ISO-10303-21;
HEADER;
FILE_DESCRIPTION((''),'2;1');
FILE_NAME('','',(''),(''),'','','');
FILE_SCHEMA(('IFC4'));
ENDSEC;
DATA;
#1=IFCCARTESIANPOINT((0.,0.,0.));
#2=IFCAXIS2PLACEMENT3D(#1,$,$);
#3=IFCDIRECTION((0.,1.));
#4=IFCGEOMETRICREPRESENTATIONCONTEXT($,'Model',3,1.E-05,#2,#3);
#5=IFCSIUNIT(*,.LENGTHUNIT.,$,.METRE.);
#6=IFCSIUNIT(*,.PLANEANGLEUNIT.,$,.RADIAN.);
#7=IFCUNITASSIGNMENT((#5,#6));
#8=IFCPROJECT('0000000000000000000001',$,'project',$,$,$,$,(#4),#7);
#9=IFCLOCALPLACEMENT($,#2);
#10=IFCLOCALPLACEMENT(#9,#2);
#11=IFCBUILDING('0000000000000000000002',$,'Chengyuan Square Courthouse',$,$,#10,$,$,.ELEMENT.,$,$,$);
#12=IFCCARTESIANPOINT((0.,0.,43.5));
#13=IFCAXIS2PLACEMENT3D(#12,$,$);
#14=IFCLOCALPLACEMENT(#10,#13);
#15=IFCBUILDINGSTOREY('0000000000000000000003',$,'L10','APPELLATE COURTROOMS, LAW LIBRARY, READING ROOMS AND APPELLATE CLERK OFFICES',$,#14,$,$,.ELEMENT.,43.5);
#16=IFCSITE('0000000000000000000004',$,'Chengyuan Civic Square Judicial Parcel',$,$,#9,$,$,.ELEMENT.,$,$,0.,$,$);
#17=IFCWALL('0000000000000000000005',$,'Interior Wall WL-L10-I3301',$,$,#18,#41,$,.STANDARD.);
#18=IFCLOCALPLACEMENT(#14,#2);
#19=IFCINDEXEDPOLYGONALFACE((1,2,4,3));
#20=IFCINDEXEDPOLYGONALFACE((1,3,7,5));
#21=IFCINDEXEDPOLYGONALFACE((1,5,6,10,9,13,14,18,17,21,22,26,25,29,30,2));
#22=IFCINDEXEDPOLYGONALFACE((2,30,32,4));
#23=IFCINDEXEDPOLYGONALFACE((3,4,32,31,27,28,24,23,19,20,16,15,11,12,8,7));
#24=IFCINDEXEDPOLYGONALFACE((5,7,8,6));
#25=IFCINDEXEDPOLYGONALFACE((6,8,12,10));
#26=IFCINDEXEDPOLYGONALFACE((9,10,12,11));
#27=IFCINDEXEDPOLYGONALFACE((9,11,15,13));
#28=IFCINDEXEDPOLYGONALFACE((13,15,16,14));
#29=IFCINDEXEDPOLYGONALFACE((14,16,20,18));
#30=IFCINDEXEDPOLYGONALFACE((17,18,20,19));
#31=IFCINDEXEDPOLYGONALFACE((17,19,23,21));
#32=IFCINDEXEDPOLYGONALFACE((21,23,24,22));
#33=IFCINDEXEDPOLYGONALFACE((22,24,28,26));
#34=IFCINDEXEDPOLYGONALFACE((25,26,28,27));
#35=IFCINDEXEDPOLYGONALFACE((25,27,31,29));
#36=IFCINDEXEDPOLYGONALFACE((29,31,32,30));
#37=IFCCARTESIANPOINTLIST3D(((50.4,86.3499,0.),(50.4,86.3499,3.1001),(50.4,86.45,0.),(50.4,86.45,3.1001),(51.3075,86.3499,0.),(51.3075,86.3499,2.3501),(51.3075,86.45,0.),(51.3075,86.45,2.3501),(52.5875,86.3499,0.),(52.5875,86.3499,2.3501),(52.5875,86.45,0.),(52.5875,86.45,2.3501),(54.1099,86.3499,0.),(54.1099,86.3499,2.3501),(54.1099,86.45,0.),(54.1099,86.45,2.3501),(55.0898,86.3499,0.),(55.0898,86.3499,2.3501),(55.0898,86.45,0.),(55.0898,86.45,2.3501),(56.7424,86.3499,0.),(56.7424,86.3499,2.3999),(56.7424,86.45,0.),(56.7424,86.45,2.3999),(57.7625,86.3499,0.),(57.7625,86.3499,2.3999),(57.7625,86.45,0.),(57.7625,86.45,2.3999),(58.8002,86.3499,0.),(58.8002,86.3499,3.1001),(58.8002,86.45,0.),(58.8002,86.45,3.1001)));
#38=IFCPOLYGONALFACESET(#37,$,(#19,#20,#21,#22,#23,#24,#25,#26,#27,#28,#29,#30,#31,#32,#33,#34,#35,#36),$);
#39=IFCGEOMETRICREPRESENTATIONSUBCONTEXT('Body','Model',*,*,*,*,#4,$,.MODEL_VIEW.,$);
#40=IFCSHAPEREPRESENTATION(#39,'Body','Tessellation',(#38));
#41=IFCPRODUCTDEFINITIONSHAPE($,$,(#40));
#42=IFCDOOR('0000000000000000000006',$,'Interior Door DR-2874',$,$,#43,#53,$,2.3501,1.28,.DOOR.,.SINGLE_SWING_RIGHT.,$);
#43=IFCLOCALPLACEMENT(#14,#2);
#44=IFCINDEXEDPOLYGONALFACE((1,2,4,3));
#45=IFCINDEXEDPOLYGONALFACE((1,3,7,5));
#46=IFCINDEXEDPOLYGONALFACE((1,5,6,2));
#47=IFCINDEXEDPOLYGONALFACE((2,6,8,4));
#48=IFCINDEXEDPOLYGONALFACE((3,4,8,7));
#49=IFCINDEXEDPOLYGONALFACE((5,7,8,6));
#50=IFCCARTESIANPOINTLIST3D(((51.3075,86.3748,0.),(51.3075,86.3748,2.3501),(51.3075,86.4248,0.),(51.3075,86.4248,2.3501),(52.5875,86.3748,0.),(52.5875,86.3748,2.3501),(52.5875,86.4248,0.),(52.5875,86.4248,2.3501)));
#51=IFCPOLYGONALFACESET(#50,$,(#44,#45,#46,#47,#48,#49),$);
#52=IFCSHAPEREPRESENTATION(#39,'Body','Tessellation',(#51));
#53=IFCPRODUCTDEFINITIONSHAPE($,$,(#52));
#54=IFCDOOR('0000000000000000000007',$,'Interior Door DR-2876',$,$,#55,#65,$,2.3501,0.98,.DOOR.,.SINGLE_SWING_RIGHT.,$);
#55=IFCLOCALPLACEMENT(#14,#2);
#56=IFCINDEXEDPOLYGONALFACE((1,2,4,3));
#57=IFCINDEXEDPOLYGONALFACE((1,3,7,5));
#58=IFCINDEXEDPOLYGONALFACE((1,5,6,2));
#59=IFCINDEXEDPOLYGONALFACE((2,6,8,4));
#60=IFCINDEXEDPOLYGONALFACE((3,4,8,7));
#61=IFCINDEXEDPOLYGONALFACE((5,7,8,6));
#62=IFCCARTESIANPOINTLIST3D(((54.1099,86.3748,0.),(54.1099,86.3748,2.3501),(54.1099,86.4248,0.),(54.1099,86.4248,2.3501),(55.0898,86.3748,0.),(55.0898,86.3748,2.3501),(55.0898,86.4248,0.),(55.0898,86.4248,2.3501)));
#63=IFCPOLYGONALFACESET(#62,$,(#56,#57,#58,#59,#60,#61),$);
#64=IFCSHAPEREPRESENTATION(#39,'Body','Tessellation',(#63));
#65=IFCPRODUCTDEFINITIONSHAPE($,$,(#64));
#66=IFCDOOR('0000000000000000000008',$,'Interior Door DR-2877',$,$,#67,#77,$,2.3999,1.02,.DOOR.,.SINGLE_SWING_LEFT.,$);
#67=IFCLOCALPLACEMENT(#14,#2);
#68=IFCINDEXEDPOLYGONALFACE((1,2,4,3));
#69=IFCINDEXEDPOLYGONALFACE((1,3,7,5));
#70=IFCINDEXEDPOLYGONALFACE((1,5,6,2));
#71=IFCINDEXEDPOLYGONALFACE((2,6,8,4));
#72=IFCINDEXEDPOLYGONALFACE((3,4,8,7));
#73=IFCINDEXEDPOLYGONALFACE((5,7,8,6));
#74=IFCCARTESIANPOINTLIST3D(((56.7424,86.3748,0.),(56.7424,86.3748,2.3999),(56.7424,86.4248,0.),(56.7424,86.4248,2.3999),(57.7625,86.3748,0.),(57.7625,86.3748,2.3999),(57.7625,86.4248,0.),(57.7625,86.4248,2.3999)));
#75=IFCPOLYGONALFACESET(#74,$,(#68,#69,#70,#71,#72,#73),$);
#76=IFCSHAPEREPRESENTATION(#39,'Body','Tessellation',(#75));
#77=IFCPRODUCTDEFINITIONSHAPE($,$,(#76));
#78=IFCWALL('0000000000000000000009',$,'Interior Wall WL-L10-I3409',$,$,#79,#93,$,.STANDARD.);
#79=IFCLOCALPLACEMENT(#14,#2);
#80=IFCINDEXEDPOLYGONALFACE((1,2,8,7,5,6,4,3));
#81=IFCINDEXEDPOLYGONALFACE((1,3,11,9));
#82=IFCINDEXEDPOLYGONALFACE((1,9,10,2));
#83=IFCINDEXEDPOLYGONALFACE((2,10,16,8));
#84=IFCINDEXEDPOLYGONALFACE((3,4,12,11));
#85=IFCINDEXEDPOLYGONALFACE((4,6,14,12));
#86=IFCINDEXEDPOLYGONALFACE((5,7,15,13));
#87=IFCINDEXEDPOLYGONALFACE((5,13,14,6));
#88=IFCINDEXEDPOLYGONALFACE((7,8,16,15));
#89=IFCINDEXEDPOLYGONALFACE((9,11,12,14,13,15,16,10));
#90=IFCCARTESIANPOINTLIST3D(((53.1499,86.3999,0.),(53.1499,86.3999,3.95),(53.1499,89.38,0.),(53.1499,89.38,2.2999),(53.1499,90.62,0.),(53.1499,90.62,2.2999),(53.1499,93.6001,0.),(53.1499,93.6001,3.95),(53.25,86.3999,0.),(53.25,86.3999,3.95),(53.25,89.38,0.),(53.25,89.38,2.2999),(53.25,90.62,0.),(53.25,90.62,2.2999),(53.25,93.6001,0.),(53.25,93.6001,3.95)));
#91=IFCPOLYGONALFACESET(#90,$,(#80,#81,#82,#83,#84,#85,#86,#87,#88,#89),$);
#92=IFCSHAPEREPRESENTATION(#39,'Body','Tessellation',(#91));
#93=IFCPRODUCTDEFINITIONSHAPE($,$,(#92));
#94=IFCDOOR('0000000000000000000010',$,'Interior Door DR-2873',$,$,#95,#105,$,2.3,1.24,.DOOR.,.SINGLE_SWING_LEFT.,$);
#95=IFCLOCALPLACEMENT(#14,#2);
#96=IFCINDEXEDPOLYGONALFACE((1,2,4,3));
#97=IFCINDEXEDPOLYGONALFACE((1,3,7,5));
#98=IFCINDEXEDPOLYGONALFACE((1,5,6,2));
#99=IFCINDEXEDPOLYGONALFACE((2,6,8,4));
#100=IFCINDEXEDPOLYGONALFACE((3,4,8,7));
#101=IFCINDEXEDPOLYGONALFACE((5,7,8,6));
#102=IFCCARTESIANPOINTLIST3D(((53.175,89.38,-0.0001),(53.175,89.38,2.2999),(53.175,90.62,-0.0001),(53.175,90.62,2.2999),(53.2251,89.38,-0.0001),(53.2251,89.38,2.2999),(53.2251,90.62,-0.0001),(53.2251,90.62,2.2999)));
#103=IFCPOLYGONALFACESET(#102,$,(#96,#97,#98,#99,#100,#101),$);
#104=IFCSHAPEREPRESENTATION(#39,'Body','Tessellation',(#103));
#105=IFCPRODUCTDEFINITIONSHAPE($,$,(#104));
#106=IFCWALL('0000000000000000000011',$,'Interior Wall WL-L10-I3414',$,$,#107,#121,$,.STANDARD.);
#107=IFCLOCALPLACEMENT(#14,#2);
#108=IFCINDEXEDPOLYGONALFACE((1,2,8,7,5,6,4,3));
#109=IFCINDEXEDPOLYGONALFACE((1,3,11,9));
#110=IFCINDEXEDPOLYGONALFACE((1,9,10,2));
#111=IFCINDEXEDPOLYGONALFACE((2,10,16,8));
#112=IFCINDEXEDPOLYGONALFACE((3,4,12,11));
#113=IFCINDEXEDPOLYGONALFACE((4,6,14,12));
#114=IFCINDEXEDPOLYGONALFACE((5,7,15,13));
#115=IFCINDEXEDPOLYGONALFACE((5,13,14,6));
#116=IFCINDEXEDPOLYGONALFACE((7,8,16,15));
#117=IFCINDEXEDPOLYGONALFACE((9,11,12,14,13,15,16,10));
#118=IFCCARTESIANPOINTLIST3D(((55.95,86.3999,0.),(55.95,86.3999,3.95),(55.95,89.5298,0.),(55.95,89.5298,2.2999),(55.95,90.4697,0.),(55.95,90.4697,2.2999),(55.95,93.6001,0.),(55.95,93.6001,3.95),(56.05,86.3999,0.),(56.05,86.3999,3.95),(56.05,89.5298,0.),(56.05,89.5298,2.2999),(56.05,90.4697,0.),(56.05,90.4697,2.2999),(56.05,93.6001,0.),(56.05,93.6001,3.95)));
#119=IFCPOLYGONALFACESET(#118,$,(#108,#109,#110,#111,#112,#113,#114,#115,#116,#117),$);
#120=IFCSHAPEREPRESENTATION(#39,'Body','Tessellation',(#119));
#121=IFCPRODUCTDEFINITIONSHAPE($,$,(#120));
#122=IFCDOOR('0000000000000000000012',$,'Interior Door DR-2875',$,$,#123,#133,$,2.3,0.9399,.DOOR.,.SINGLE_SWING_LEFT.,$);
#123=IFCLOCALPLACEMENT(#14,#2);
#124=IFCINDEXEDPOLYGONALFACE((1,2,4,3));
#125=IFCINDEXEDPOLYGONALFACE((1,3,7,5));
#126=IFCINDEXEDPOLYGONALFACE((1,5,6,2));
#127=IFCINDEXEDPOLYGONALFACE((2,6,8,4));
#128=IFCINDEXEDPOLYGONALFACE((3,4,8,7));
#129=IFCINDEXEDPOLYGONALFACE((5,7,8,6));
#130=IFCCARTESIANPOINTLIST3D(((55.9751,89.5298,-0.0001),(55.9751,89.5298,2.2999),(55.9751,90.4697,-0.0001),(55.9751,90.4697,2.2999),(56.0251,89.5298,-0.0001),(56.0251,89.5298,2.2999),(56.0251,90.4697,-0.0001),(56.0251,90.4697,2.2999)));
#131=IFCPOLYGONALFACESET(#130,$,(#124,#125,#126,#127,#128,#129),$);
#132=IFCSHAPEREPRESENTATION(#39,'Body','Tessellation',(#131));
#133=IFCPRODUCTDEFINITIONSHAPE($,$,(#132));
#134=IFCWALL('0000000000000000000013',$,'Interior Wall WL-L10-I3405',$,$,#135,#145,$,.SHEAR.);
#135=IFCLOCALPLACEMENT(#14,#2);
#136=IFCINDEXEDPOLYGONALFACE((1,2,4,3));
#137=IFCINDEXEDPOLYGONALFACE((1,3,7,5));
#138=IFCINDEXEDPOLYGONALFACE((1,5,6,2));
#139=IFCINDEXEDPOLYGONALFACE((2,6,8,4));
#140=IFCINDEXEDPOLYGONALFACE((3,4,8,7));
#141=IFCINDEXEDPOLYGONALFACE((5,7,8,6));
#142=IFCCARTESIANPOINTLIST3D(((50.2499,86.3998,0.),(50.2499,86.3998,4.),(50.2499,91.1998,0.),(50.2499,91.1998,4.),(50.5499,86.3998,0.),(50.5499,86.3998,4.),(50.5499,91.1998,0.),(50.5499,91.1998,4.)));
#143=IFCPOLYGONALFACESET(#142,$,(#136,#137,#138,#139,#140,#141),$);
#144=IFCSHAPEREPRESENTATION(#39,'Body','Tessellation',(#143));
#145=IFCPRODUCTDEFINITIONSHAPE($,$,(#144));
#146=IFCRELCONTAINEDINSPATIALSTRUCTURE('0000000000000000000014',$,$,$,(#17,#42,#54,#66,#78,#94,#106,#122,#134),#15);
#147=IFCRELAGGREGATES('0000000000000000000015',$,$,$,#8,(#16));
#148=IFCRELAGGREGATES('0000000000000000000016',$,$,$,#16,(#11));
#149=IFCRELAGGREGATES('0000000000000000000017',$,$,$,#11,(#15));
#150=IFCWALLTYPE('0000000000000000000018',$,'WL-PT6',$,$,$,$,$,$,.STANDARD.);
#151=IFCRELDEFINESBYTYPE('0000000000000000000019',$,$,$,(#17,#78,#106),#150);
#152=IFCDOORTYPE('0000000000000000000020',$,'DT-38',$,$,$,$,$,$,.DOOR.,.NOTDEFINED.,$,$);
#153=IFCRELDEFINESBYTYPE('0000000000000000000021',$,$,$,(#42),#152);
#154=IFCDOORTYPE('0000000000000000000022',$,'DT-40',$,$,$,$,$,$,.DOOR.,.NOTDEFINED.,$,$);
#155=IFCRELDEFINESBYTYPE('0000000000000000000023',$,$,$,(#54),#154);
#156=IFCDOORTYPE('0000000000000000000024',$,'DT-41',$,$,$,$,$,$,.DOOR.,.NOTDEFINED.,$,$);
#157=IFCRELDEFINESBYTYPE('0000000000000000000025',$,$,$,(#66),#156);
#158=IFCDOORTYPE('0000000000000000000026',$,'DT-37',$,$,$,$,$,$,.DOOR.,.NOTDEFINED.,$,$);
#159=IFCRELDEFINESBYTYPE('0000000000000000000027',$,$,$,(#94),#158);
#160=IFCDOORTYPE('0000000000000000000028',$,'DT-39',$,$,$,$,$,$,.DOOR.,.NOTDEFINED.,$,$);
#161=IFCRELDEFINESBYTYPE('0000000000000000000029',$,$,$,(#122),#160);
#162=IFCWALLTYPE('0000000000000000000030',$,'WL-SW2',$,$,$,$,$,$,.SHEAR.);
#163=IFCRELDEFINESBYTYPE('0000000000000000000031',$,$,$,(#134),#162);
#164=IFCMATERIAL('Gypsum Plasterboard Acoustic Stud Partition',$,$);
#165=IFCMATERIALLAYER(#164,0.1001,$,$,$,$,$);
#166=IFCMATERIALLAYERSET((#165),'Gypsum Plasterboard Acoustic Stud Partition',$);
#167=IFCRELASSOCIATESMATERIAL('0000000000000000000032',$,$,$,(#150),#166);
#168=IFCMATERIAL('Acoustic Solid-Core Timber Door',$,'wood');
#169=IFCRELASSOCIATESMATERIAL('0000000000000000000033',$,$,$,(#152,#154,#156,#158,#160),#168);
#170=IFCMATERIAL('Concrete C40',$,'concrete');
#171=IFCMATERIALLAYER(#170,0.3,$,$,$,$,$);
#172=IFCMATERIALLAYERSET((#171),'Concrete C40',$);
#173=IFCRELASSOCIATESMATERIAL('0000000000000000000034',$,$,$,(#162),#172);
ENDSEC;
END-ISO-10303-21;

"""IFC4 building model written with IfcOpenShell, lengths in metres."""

from ifc_helpers import new_model, si_unit, direction, frame, frame_2d, origin, place, context, subcontext, project, spatial, rectangle, extrude, material, layer, layer_set, type_object, element, fill, save


model = new_model("IFC4")

# Units and contexts
model_context = context("Model", 3, precision=1e-05, world=origin(), true_north=direction((0.0, 1.0)))
body_context = subcontext(model_context, "Body", "Model", "MODEL_VIEW")
ifc_project = project(units=[si_unit("LENGTHUNIT", "METRE"), si_unit("PLANEANGLEUNIT", "RADIAN")], contexts=[model_context])

# Site, building, storey
site_placement = place(None, origin())
site = spatial("IfcSite", under=ifc_project, at=site_placement, Name="Chengyuan Civic Square Judicial Parcel", CompositionType="ELEMENT", RefElevation=0.0)
building_placement = place(site_placement, origin())
building = spatial("IfcBuilding", under=site, at=building_placement, Name="Chengyuan Square Courthouse", CompositionType="ELEMENT")
storey_placement = place(building_placement, frame((0.0, 0.0, 43.5)))
storey = spatial("IfcBuildingStorey", under=building, at=storey_placement, Name="L10", Description="APPELLATE COURTROOMS, LAW LIBRARY, READING ROOMS AND APPELLATE CLERK OFFICES", CompositionType="ELEMENT", Elevation=43.5)

# Shared definitions
ifc_material_1 = material(Name="Concrete C40", Category="concrete")

# Wall, openings, doors
ifc_material_2 = material(Name="Gypsum Plasterboard Acoustic Stud Partition")
ifc_layer_1 = layer(ifc_material_2, 0.1001)
ifc_layer_set_1 = layer_set([ifc_layer_1], Name="Gypsum Plasterboard Acoustic Stud Partition")
wall_type_1 = type_object("IfcWallType", Name="WL-PT6", PredefinedType="STANDARD", material=ifc_layer_set_1)
wall_1_placement = place(storey_placement, frame((50.3999, 86.3999, 0.0), z_axis=(0.0, 0.0, 1.0), x_axis=(1.0, 0.0, 0.0)))
wall_1 = element("IfcWall", 1, at=wall_1_placement, inside=storey, type_object=wall_type_1, Name="Interior Wall WL-L10-I3301", PredefinedType="STANDARD", context=body_context, shape_type="SweptSolid", body=[
    extrude(rectangle(XDim=8.4001, YDim=0.1001, at=frame_2d((4.2002, 0.0))), origin(), (0.0, 0.0, 1.0), 3.1001),
])
opening_1_placement = place(wall_1_placement, frame((0.9075, 0.0, 0.0)))
opening_1 = element("IfcOpeningElement", 2, at=opening_1_placement, cuts=wall_1, PredefinedType="OPENING", context=body_context, shape_type="SweptSolid", body=[
    extrude(rectangle(XDim=1.28, YDim=2.3501, at=frame_2d((0.6401, 1.175))), frame((0.0, 0.062, 0.0), z_axis=(0.0, -1.0, 0.0), x_axis=(1.0, 0.0, 0.0)), (0.0, 0.0, 1.0), 0.124),
])
opening_2_placement = place(wall_1_placement, frame((3.71, 0.0, 0.0)))
opening_2 = element("IfcOpeningElement", 3, at=opening_2_placement, cuts=wall_1, PredefinedType="OPENING", context=body_context, shape_type="SweptSolid", body=[
    extrude(rectangle(XDim=0.98, YDim=2.3501, at=frame_2d((0.49, 1.175))), frame((0.0, 0.062, 0.0), z_axis=(0.0, -1.0, 0.0), x_axis=(1.0, 0.0, 0.0)), (0.0, 0.0, 1.0), 0.124),
])
opening_3_placement = place(wall_1_placement, frame((6.3425, 0.0, 0.0)))
opening_3 = element("IfcOpeningElement", 4, at=opening_3_placement, cuts=wall_1, PredefinedType="OPENING", context=body_context, shape_type="SweptSolid", body=[
    extrude(rectangle(XDim=1.02, YDim=2.3999, at=frame_2d((0.51, 1.2))), frame((0.0, 0.062, 0.0), z_axis=(0.0, -1.0, 0.0), x_axis=(1.0, 0.0, 0.0)), (0.0, 0.0, 1.0), 0.124),
])
ifc_material_3 = material(Name="Acoustic Solid-Core Timber Door", Category="wood")
door_type_1 = type_object("IfcDoorType", Name="DT-38", OperationType="NOTDEFINED", PredefinedType="DOOR", material=ifc_material_3)
door_1_placement = place(opening_1_placement, origin())
door_1 = element("IfcDoor", 5, at=door_1_placement, inside=storey, type_object=door_type_1, Name="Interior Door DR-2874", OperationType="SINGLE_SWING_RIGHT", OverallHeight=2.3501, OverallWidth=1.28, PredefinedType="DOOR", context=body_context, shape_type="SweptSolid", body=[
    extrude(rectangle(XDim=1.28, YDim=2.3501, at=frame_2d((0.6401, 1.175))), frame((0.0, 0.0249, 0.0), z_axis=(0.0, -1.0, 0.0), x_axis=(1.0, 0.0, 0.0)), (0.0, 0.0, 1.0), 0.05),
])
fill(opening_1, door_1)
door_type_2 = type_object("IfcDoorType", Name="DT-40", OperationType="NOTDEFINED", PredefinedType="DOOR", material=ifc_material_3)
door_2_placement = place(opening_2_placement, origin())
door_2 = element("IfcDoor", 6, at=door_2_placement, inside=storey, type_object=door_type_2, Name="Interior Door DR-2876", OperationType="SINGLE_SWING_RIGHT", OverallHeight=2.3501, OverallWidth=0.98, PredefinedType="DOOR", context=body_context, shape_type="SweptSolid", body=[
    extrude(rectangle(XDim=0.98, YDim=2.3501, at=frame_2d((0.49, 1.175))), frame((0.0, 0.0249, 0.0), z_axis=(0.0, -1.0, 0.0), x_axis=(1.0, 0.0, 0.0)), (0.0, 0.0, 1.0), 0.05),
])
fill(opening_2, door_2)
door_type_3 = type_object("IfcDoorType", Name="DT-41", OperationType="NOTDEFINED", PredefinedType="DOOR", material=ifc_material_3)
door_3_placement = place(opening_3_placement, origin())
door_3 = element("IfcDoor", 7, at=door_3_placement, inside=storey, type_object=door_type_3, Name="Interior Door DR-2877", OperationType="SINGLE_SWING_LEFT", OverallHeight=2.3999, OverallWidth=1.02, PredefinedType="DOOR", context=body_context, shape_type="SweptSolid", body=[
    extrude(rectangle(XDim=1.02, YDim=2.3999, at=frame_2d((0.51, 1.2))), frame((0.0, 0.0249, 0.0), z_axis=(0.0, -1.0, 0.0), x_axis=(1.0, 0.0, 0.0)), (0.0, 0.0, 1.0), 0.05),
])
fill(opening_3, door_3)

# Walls, openings, doors
wall_2_placement = place(storey_placement, frame((53.2, 86.3999, 0.0), z_axis=(0.0, 0.0, 1.0), x_axis=(0.0, 1.0, 0.0)))
wall_2 = element("IfcWall", 8, at=wall_2_placement, inside=storey, type_object=wall_type_1, Name="Interior Wall WL-L10-I3409", PredefinedType="STANDARD", context=body_context, shape_type="SweptSolid", body=[
    extrude(rectangle(XDim=7.2002, YDim=0.1001, at=frame_2d((3.6001, 0.0))), origin(), (0.0, 0.0, 1.0), 3.95),
])
opening_4_placement = place(wall_2_placement, frame((2.98, 0.0, 0.0)))
opening_4 = element("IfcOpeningElement", 9, at=opening_4_placement, cuts=wall_2, PredefinedType="OPENING", context=body_context, shape_type="SweptSolid", body=[
    extrude(rectangle(XDim=1.24, YDim=2.3, at=frame_2d((0.6201, 1.1499))), frame((0.0, 0.062, 0.0), z_axis=(0.0, -1.0, 0.0), x_axis=(1.0, 0.0, 0.0)), (0.0, 0.0, 1.0), 0.124),
])
door_type_4 = type_object("IfcDoorType", Name="DT-37", OperationType="NOTDEFINED", PredefinedType="DOOR", material=ifc_material_3)
door_4_placement = place(opening_4_placement, origin())
door_4 = element("IfcDoor", 10, at=door_4_placement, inside=storey, type_object=door_type_4, Name="Interior Door DR-2873", OperationType="SINGLE_SWING_LEFT", OverallHeight=2.3, OverallWidth=1.24, PredefinedType="DOOR", context=body_context, shape_type="SweptSolid", body=[
    extrude(rectangle(XDim=1.24, YDim=2.3, at=frame_2d((0.6201, 1.1499))), frame((0.0, 0.0249, 0.0), z_axis=(0.0, -1.0, 0.0), x_axis=(1.0, 0.0, 0.0)), (0.0, 0.0, 1.0), 0.05),
])
fill(opening_4, door_4)
wall_3_placement = place(storey_placement, frame((56.0, 86.3999, 0.0), z_axis=(0.0, 0.0, 1.0), x_axis=(0.0, 1.0, 0.0)))
wall_3 = element("IfcWall", 11, at=wall_3_placement, inside=storey, type_object=wall_type_1, Name="Interior Wall WL-L10-I3414", PredefinedType="STANDARD", context=body_context, shape_type="SweptSolid", body=[
    extrude(rectangle(XDim=7.2002, YDim=0.1001, at=frame_2d((3.6001, 0.0))), origin(), (0.0, 0.0, 1.0), 3.95),
])
opening_5_placement = place(wall_3_placement, frame((3.1299, 0.0, 0.0)))
opening_5 = element("IfcOpeningElement", 12, at=opening_5_placement, cuts=wall_3, PredefinedType="OPENING", context=body_context, shape_type="SweptSolid", body=[
    extrude(rectangle(XDim=0.9399, YDim=2.3, at=frame_2d((0.47, 1.1499))), frame((0.0, 0.062, 0.0), z_axis=(0.0, -1.0, 0.0), x_axis=(1.0, 0.0, 0.0)), (0.0, 0.0, 1.0), 0.124),
])
door_type_5 = type_object("IfcDoorType", Name="DT-39", OperationType="NOTDEFINED", PredefinedType="DOOR", material=ifc_material_3)
door_5_placement = place(opening_5_placement, origin())
door_5 = element("IfcDoor", 13, at=door_5_placement, inside=storey, type_object=door_type_5, Name="Interior Door DR-2875", OperationType="SINGLE_SWING_LEFT", OverallHeight=2.3, OverallWidth=0.9399, PredefinedType="DOOR", context=body_context, shape_type="SweptSolid", body=[
    extrude(rectangle(XDim=0.9399, YDim=2.3, at=frame_2d((0.47, 1.1499))), frame((0.0, 0.0249, 0.0), z_axis=(0.0, -1.0, 0.0), x_axis=(1.0, 0.0, 0.0)), (0.0, 0.0, 1.0), 0.05),
])
fill(opening_5, door_5)

# Wall
ifc_layer_2 = layer(ifc_material_1, 0.3)
ifc_layer_set_2 = layer_set([ifc_layer_2], Name="Concrete C40")
wall_type_2 = type_object("IfcWallType", Name="WL-SW2", PredefinedType="SHEAR", material=ifc_layer_set_2)
wall_4_placement = place(storey_placement, frame((50.3999, 86.3999, 0.0), z_axis=(0.0, 0.0, 1.0), x_axis=(0.0, 1.0, 0.0)))
element("IfcWall", 14, at=wall_4_placement, inside=storey, type_object=wall_type_2, Name="Interior Wall WL-L10-I3405", PredefinedType="SHEAR", context=body_context, shape_type="SweptSolid", body=[
    extrude(rectangle(XDim=4.8, YDim=0.3, at=frame_2d((2.3999, 0.0))), origin(), (0.0, 0.0, 1.0), 4.0),
])

save(model, "model.ifc")
